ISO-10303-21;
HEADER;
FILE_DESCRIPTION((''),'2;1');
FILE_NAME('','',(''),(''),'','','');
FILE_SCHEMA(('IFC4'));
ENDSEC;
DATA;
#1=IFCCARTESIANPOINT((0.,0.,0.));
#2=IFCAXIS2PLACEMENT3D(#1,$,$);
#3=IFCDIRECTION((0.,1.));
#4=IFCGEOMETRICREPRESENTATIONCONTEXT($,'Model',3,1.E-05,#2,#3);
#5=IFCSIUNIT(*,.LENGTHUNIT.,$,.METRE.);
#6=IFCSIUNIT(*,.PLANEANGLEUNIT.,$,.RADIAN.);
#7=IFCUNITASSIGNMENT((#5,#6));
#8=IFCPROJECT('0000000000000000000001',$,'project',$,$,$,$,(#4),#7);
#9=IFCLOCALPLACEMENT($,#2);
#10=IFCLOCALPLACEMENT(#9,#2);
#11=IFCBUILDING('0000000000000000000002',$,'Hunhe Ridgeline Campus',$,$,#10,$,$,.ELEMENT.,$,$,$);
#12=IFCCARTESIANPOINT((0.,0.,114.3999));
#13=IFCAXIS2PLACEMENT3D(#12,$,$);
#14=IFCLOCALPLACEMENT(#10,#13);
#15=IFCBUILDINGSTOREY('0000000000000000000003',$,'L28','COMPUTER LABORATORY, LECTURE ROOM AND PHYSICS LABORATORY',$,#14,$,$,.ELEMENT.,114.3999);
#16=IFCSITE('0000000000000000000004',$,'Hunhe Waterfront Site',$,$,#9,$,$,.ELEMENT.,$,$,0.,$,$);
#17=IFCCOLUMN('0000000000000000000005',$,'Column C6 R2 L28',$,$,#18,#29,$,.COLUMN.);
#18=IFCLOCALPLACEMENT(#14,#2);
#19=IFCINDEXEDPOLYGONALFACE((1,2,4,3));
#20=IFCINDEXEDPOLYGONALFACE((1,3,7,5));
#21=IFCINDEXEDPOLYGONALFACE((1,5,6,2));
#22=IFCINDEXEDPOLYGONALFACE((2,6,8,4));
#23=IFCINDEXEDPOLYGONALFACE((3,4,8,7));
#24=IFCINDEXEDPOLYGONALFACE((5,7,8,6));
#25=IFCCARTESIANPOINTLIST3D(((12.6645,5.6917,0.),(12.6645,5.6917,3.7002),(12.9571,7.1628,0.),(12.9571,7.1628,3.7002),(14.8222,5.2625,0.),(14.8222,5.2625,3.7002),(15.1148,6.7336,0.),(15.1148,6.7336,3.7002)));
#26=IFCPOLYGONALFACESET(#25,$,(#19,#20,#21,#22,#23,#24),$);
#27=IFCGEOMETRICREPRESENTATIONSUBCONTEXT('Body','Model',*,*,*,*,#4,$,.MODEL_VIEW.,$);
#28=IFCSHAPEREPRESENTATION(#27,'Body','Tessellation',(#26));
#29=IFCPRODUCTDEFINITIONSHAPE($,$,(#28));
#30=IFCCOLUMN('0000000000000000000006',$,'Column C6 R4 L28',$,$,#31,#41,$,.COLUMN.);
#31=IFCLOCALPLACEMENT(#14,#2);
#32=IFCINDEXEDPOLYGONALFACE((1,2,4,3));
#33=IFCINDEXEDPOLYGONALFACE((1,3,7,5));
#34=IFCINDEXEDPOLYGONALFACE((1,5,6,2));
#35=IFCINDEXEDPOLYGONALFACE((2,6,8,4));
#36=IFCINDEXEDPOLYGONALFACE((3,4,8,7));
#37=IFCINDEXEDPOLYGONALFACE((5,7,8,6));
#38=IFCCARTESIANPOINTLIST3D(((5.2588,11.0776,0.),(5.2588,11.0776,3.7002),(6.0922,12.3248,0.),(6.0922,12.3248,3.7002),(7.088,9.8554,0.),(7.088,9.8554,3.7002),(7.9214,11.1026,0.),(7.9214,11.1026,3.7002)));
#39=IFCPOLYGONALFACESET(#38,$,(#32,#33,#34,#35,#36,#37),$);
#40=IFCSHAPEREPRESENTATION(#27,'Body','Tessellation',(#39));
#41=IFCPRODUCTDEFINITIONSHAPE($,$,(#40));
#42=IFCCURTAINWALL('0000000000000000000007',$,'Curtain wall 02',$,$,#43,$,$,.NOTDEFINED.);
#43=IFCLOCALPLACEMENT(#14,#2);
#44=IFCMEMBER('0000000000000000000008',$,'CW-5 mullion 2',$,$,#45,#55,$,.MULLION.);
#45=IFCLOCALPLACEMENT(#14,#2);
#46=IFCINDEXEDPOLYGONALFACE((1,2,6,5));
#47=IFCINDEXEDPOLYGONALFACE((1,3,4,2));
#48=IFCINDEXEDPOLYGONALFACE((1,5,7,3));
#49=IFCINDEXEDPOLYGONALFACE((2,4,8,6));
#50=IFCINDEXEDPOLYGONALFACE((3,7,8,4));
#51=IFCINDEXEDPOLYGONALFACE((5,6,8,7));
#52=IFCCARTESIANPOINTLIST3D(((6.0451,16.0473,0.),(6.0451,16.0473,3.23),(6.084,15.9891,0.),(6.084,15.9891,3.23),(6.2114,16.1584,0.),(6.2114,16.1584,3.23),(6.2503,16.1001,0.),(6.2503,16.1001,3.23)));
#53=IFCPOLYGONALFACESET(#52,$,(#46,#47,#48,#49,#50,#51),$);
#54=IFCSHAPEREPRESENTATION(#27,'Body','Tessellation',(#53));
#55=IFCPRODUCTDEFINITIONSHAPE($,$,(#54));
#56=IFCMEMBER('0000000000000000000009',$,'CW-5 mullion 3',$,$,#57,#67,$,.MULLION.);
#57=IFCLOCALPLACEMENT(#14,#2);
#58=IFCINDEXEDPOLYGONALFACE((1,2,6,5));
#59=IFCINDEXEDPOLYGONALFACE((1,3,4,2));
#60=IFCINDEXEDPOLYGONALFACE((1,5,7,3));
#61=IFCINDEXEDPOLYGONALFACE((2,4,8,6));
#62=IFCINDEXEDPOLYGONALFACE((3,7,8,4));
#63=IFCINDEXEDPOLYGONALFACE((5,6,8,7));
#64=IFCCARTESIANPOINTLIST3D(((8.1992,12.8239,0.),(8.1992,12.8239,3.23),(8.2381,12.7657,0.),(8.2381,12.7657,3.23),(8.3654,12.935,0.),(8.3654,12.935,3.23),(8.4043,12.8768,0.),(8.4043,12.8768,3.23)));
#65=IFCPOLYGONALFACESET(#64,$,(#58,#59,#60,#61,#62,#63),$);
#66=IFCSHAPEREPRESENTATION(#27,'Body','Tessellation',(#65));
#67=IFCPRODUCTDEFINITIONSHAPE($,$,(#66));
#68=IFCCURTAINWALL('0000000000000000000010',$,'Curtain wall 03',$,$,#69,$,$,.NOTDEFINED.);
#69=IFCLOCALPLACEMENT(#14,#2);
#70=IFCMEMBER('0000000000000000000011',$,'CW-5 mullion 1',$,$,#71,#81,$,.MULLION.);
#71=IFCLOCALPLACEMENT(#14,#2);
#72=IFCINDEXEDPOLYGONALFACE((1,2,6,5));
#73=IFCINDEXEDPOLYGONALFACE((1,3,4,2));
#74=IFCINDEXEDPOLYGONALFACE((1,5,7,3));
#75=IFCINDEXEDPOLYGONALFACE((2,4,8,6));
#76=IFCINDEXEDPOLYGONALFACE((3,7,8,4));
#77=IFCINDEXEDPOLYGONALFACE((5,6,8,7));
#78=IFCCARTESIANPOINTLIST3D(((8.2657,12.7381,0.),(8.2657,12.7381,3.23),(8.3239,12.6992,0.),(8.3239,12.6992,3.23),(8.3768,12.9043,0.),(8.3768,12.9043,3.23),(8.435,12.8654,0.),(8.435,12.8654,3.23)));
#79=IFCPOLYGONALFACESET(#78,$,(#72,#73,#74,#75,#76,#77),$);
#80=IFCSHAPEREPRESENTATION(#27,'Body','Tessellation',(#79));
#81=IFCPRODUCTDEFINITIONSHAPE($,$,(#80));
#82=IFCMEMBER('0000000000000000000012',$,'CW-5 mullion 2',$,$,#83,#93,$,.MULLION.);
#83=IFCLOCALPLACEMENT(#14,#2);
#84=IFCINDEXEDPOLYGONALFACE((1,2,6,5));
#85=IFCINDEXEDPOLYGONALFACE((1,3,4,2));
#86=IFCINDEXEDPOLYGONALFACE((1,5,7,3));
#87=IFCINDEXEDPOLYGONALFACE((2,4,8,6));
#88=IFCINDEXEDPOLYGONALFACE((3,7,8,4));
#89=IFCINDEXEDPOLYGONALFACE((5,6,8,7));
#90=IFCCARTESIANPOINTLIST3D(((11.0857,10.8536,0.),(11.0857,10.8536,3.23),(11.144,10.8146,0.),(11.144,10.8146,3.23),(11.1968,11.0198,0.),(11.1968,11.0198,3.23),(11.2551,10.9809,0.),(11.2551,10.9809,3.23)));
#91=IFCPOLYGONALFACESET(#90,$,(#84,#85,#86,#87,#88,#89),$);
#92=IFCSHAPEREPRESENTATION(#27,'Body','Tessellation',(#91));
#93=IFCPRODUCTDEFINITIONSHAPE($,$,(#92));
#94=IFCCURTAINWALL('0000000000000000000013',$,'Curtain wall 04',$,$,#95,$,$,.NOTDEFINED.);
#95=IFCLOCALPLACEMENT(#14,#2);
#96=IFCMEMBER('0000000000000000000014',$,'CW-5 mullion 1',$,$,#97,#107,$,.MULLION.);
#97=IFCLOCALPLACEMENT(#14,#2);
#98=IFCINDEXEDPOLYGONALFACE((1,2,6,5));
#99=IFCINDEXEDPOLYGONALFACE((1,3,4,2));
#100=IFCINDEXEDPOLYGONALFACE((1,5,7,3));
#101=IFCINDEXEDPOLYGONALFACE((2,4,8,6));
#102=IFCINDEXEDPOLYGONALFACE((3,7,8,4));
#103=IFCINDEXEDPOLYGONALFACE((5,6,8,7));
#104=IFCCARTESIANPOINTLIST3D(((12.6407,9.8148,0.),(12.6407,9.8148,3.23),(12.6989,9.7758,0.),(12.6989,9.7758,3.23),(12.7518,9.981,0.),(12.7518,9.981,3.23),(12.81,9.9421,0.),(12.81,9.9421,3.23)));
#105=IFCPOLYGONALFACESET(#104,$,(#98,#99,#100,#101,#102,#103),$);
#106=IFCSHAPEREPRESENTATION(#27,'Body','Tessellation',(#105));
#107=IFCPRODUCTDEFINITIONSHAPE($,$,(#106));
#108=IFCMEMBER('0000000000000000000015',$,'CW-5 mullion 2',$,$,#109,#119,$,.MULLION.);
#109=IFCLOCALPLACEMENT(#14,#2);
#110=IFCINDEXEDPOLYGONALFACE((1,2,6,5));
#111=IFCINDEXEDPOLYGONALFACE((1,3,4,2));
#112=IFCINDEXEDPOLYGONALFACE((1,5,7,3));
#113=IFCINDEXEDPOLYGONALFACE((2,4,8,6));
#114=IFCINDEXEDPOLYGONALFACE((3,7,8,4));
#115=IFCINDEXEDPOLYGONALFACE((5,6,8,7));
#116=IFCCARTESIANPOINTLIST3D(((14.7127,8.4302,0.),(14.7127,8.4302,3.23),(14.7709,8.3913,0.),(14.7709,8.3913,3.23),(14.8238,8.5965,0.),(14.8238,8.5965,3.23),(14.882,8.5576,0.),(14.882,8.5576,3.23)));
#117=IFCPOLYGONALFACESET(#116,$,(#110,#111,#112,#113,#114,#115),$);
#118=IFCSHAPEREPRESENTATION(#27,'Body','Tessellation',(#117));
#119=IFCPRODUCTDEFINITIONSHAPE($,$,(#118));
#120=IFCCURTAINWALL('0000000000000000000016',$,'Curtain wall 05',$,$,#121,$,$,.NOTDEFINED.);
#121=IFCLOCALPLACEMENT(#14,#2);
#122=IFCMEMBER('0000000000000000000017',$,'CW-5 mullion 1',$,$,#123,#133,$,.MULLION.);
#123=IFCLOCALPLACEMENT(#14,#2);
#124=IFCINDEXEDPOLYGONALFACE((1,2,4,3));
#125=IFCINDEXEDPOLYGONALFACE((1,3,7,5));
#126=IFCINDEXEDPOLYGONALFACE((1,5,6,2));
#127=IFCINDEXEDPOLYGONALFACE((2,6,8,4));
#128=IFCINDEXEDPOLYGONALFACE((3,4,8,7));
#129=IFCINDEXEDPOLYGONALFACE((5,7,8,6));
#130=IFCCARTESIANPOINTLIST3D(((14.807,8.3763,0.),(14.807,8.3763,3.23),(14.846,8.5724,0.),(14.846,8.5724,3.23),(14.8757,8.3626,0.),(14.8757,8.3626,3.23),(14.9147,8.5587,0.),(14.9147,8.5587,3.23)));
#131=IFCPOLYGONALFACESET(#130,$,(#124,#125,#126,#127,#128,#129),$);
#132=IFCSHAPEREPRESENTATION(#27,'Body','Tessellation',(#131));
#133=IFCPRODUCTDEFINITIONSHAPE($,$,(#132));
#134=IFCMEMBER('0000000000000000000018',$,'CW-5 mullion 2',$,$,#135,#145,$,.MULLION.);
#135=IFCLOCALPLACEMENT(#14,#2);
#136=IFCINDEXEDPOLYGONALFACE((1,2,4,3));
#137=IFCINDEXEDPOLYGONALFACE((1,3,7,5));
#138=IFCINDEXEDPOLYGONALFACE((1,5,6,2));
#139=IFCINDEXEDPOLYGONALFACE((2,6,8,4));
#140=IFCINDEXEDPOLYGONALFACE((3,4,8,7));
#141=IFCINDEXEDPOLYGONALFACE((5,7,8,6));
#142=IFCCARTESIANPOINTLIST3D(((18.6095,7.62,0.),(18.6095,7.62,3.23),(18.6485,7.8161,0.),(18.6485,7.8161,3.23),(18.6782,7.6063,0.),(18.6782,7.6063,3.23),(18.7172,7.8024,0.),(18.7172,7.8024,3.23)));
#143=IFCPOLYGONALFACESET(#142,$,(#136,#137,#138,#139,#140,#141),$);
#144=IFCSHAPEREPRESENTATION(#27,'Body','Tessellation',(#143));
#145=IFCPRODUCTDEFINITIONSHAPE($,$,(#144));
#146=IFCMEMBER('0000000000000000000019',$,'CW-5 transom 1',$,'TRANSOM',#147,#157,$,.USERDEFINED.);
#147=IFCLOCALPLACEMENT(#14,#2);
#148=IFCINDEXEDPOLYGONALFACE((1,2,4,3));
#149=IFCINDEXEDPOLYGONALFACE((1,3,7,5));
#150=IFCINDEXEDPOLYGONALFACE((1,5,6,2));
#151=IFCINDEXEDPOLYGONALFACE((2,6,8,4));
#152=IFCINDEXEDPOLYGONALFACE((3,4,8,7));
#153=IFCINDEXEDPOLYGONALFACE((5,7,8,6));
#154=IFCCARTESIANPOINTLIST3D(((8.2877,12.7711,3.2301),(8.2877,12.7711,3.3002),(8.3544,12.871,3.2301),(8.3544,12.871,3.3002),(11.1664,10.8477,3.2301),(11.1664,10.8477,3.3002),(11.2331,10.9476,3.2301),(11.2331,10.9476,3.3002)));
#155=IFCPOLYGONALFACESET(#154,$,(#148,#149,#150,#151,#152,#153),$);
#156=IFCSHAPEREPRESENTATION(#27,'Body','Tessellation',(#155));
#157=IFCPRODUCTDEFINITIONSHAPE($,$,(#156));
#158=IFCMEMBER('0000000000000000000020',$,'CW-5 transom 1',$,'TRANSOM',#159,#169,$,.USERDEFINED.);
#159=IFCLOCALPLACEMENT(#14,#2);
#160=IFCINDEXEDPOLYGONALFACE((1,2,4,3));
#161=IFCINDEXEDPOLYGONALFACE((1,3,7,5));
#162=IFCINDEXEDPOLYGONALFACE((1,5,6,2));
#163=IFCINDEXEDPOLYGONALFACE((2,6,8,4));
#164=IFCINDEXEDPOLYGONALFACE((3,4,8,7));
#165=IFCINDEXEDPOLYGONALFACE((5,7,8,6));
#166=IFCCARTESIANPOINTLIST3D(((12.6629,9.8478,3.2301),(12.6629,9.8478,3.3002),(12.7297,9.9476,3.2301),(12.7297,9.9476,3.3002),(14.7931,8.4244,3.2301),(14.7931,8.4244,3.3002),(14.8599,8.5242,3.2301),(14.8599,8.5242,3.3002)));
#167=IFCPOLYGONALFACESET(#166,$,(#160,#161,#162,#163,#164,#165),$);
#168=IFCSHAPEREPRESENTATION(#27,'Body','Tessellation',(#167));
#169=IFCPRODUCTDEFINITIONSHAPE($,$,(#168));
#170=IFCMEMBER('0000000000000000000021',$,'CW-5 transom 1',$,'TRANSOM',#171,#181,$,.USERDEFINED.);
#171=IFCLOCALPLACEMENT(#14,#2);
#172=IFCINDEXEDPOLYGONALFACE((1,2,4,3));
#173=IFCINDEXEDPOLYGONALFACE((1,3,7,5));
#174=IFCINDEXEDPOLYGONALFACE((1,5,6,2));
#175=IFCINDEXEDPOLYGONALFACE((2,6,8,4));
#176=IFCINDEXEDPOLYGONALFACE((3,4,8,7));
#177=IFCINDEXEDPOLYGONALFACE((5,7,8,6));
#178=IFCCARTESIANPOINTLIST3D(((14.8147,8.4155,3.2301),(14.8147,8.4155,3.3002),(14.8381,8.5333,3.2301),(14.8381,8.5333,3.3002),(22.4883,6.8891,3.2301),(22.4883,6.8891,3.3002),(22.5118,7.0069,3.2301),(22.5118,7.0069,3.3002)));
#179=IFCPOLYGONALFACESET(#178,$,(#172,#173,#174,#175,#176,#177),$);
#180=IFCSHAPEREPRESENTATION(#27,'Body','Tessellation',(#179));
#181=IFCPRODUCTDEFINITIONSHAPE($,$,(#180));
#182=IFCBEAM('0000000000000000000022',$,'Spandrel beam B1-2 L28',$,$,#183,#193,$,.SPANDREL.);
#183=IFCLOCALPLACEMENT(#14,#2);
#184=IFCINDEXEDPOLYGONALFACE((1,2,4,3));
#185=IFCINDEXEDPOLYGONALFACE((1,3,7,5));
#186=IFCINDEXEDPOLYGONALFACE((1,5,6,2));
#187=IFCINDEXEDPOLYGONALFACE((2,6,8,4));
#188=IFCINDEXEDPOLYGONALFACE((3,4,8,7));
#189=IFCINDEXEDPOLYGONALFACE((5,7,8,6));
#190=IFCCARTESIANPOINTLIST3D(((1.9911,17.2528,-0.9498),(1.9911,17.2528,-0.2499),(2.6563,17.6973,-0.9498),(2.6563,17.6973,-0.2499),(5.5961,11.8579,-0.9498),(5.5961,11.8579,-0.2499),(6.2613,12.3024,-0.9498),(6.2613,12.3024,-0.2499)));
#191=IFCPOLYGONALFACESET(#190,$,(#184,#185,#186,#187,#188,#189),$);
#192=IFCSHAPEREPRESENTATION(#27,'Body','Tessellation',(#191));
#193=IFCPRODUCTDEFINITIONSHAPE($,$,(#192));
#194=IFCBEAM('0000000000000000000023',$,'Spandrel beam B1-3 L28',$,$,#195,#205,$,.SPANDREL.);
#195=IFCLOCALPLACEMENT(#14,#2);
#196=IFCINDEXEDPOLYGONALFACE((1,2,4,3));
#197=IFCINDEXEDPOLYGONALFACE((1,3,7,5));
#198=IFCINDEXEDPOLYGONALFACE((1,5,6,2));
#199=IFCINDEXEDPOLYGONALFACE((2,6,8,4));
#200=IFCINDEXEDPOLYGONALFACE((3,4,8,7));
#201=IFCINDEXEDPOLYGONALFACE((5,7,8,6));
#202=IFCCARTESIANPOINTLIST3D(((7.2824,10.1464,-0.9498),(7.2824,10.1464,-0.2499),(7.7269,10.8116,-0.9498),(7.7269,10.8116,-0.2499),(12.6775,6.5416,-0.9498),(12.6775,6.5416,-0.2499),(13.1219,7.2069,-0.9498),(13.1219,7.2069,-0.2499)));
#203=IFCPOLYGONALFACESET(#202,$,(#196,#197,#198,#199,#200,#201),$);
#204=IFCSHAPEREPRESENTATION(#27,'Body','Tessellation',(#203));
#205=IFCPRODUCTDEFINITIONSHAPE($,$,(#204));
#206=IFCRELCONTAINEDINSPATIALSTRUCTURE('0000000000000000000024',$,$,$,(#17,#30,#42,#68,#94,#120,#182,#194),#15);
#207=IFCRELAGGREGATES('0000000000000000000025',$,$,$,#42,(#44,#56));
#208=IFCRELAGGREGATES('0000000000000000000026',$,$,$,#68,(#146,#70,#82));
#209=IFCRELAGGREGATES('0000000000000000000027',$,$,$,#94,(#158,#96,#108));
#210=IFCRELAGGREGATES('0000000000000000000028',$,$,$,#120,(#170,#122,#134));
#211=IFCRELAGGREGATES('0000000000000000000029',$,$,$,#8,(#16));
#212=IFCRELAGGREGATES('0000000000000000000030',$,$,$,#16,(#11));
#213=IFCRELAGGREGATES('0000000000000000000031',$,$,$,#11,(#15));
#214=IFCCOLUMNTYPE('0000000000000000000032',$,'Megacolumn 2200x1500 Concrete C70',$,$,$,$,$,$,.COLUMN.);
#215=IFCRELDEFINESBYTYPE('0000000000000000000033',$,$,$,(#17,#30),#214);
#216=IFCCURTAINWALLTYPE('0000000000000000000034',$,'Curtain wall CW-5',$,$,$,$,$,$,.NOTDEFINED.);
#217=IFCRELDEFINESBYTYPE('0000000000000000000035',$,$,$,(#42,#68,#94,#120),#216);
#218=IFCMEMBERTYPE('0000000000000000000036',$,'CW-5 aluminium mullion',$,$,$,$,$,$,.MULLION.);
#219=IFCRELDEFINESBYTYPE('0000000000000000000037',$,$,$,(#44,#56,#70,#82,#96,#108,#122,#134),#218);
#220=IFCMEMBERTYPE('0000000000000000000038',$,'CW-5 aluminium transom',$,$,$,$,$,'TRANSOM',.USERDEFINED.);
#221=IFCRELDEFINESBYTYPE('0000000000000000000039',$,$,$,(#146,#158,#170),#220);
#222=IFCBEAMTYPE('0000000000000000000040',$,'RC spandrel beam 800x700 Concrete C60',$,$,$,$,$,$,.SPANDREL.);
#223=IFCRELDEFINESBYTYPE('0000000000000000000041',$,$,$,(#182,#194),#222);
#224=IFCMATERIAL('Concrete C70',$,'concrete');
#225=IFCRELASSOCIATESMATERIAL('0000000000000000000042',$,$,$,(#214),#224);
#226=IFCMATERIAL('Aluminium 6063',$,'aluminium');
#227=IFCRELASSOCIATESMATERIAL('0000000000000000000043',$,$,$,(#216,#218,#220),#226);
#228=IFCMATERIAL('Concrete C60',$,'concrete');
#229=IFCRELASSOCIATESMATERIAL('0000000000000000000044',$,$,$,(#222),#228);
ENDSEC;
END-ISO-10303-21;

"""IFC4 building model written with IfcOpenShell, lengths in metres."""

from ifc_helpers import new_model, si_unit, direction, frame, origin, origin_2d, place, context, subcontext, project, spatial, rectangle, extrude, material, material_profile, profile_set, type_object, element, aggregate, save


model = new_model("IFC4")

# Units and contexts
model_context = context("Model", 3, precision=1e-05, world=origin(), true_north=direction((0.0, 1.0)))
body_context = subcontext(model_context, "Body", "Model", "MODEL_VIEW")
ifc_project = project(units=[si_unit("LENGTHUNIT", "METRE"), si_unit("PLANEANGLEUNIT", "RADIAN")], contexts=[model_context])

# Site, building, storey
site_placement = place(None, origin())
site = spatial("IfcSite", under=ifc_project, at=site_placement, Name="Hunhe Waterfront Site", CompositionType="ELEMENT", RefElevation=0.0)
building_placement = place(site_placement, origin())
building = spatial("IfcBuilding", under=site, at=building_placement, Name="Hunhe Ridgeline Campus", CompositionType="ELEMENT")
storey_placement = place(building_placement, frame((0.0, 0.0, 114.3999)))
storey = spatial("IfcBuildingStorey", under=building, at=storey_placement, Name="L28", Description="COMPUTER LABORATORY, LECTURE ROOM AND PHYSICS LABORATORY", CompositionType="ELEMENT", Elevation=114.3999)

# Columns
ifc_material_1 = material(Name="Concrete C70", Category="concrete")
ifc_material_profile_1 = material_profile(ifc_material_1, rectangle(XDim=2.2, YDim=1.5, at=origin_2d()))
ifc_profile_set_1 = profile_set([ifc_material_profile_1], Name="Concrete C70")
column_type = type_object("IfcColumnType", Name="Megacolumn 2200x1500 Concrete C70", PredefinedType="COLUMN", material=ifc_profile_set_1)
for number, where, z_axis, x_axis, name in (
    (1, (13.8896, 6.2126, 0.0), (0.0, 0.0, 1.0), (-0.980785, 0.19509, 0.0), "Column C6 R2 L28"),
    (2, (6.5901, 11.0901, 0.0), (0.0, 0.0, 1.0), (-0.83147, 0.55557, 0.0), "Column C6 R4 L28"),
):
    element("IfcColumn", number, at=place(storey_placement, frame(where, z_axis=z_axis, x_axis=x_axis)), inside=storey, type_object=column_type, Name=name, PredefinedType="COLUMN", context=body_context, shape_type="SweptSolid", body=[
        extrude(rectangle(XDim=2.2, YDim=1.5, at=origin_2d()), origin(), (0.0, 0.0, 1.0), 3.7002),
    ])

# Curtain walls, members
ifc_material_2 = material(Name="Aluminium 6063", Category="aluminium")
curtain_wall_type = type_object("IfcCurtainWallType", Name="Curtain wall CW-5", PredefinedType="NOTDEFINED", material=ifc_material_2)
curtain_wall_1_placement = place(storey_placement, origin())
curtain_wall_1 = element("IfcCurtainWall", 3, at=curtain_wall_1_placement, inside=storey, type_object=curtain_wall_type, Name="Curtain wall 02", PredefinedType="NOTDEFINED")
ifc_material_profile_2 = material_profile(ifc_material_2, rectangle(XDim=0.2, YDim=0.0701, at=origin_2d()))
ifc_profile_set_2 = profile_set([ifc_material_profile_2], Name="Aluminium 6063")
member_type_1 = type_object("IfcMemberType", Name="CW-5 aluminium mullion", PredefinedType="MULLION", material=ifc_profile_set_2)
member_1_placement = place(storey_placement, frame((6.1477, 16.0737, 0.0), z_axis=(0.0, 0.0, 1.0), x_axis=(0.83147, 0.55557, 0.0)))
member_1 = element("IfcMember", 4, at=member_1_placement, type_object=member_type_1, Name="CW-5 mullion 2", PredefinedType="MULLION", context=body_context, shape_type="SweptSolid", body=[
    extrude(rectangle(XDim=0.2, YDim=0.0701, at=origin_2d()), origin(), (0.0, 0.0, 1.0), 3.23),
])
member_2_placement = place(storey_placement, frame((8.3018, 12.8503, 0.0), z_axis=(0.0, 0.0, 1.0), x_axis=(0.83147, 0.55557, 0.0)))
member_2 = element("IfcMember", 5, at=member_2_placement, type_object=member_type_1, Name="CW-5 mullion 3", PredefinedType="MULLION", context=body_context, shape_type="SweptSolid", body=[
    extrude(rectangle(XDim=0.2, YDim=0.0701, at=origin_2d()), origin(), (0.0, 0.0, 1.0), 3.23),
])
curtain_wall_2_placement = place(storey_placement, origin())
curtain_wall_2 = element("IfcCurtainWall", 6, at=curtain_wall_2_placement, inside=storey, type_object=curtain_wall_type, Name="Curtain wall 03", PredefinedType="NOTDEFINED")
member_3_placement = place(storey_placement, frame((8.3503, 12.8018, 0.0), z_axis=(0.0, 0.0, 1.0), x_axis=(0.55557, 0.83147, 0.0)))
member_3 = element("IfcMember", 7, at=member_3_placement, type_object=member_type_1, Name="CW-5 mullion 1", PredefinedType="MULLION", context=body_context, shape_type="SweptSolid", body=[
    extrude(rectangle(XDim=0.2, YDim=0.0701, at=origin_2d()), origin(), (0.0, 0.0, 1.0), 3.23),
])
member_4_placement = place(storey_placement, frame((11.1704, 10.9172, 0.0), z_axis=(0.0, 0.0, 1.0), x_axis=(0.55557, 0.83147, 0.0)))
member_4 = element("IfcMember", 8, at=member_4_placement, type_object=member_type_1, Name="CW-5 mullion 2", PredefinedType="MULLION", context=body_context, shape_type="SweptSolid", body=[
    extrude(rectangle(XDim=0.2, YDim=0.0701, at=origin_2d()), origin(), (0.0, 0.0, 1.0), 3.23),
])
curtain_wall_3_placement = place(storey_placement, origin())
curtain_wall_3 = element("IfcCurtainWall", 9, at=curtain_wall_3_placement, inside=storey, type_object=curtain_wall_type, Name="Curtain wall 04", PredefinedType="NOTDEFINED")
member_5_placement = place(storey_placement, frame((12.7253, 9.8784, 0.0), z_axis=(0.0, 0.0, 1.0), x_axis=(0.55557, 0.83147, 0.0)))
member_5 = element("IfcMember", 10, at=member_5_placement, type_object=member_type_1, Name="CW-5 mullion 1", PredefinedType="MULLION", context=body_context, shape_type="SweptSolid", body=[
    extrude(rectangle(XDim=0.2, YDim=0.0701, at=origin_2d()), origin(), (0.0, 0.0, 1.0), 3.23),
])
member_6_placement = place(storey_placement, frame((14.7974, 8.4939, 0.0), z_axis=(0.0, 0.0, 1.0), x_axis=(0.55557, 0.83147, 0.0)))
member_6 = element("IfcMember", 11, at=member_6_placement, type_object=member_type_1, Name="CW-5 mullion 2", PredefinedType="MULLION", context=body_context, shape_type="SweptSolid", body=[
    extrude(rectangle(XDim=0.2, YDim=0.0701, at=origin_2d()), origin(), (0.0, 0.0, 1.0), 3.23),
])
curtain_wall_4_placement = place(storey_placement, origin())
curtain_wall_4 = element("IfcCurtainWall", 12, at=curtain_wall_4_placement, inside=storey, type_object=curtain_wall_type, Name="Curtain wall 05", PredefinedType="NOTDEFINED")
member_7_placement = place(storey_placement, frame((14.8608, 8.4675, 0.0), z_axis=(0.0, 0.0, 1.0), x_axis=(0.19509, 0.980785, 0.0)))
member_7 = element("IfcMember", 13, at=member_7_placement, type_object=member_type_1, Name="CW-5 mullion 1", PredefinedType="MULLION", context=body_context, shape_type="SweptSolid", body=[
    extrude(rectangle(XDim=0.2, YDim=0.0701, at=origin_2d()), origin(), (0.0, 0.0, 1.0), 3.23),
])
member_8_placement = place(storey_placement, frame((18.6633, 7.7112, 0.0), z_axis=(0.0, 0.0, 1.0), x_axis=(0.19509, 0.980785, 0.0)))
member_8 = element("IfcMember", 14, at=member_8_placement, type_object=member_type_1, Name="CW-5 mullion 2", PredefinedType="MULLION", context=body_context, shape_type="SweptSolid", body=[
    extrude(rectangle(XDim=0.2, YDim=0.0701, at=origin_2d()), origin(), (0.0, 0.0, 1.0), 3.23),
])

# Members
ifc_material_profile_3 = material_profile(ifc_material_2, rectangle(XDim=0.1201, YDim=0.0701, at=origin_2d()))
ifc_profile_set_3 = profile_set([ifc_material_profile_3], Name="Aluminium 6063")
member_type_2 = type_object("IfcMemberType", Name="CW-5 aluminium transom", ElementType="TRANSOM", PredefinedType="USERDEFINED", material=ifc_profile_set_3)
member_9_placement = place(storey_placement, frame((8.321, 12.821, 3.2651), z_axis=(0.831486, -0.555546, 0.0), x_axis=(0.555546, 0.831486, 0.0)))
member_9 = element("IfcMember", 15, at=member_9_placement, type_object=member_type_2, Name="CW-5 transom 1", ObjectType="TRANSOM", PredefinedType="USERDEFINED", context=body_context, shape_type="SweptSolid", body=[
    extrude(rectangle(XDim=0.1201, YDim=0.0701, at=origin_2d()), origin(), (0.0, 0.0, 1.0), 3.4622),
])
member_10_placement = place(storey_placement, frame((12.6963, 9.8977, 3.2651), z_axis=(0.831463, -0.55558, 0.0), x_axis=(0.55558, 0.831463, 0.0)))
member_10 = element("IfcMember", 16, at=member_10_placement, type_object=member_type_2, Name="CW-5 transom 1", ObjectType="TRANSOM", PredefinedType="USERDEFINED", context=body_context, shape_type="SweptSolid", body=[
    extrude(rectangle(XDim=0.1201, YDim=0.0701, at=origin_2d()), origin(), (0.0, 0.0, 1.0), 2.562),
])
member_11_placement = place(storey_placement, frame((14.8264, 8.4744, 3.2651), z_axis=(0.980785, -0.19509, 0.0), x_axis=(0.19509, 0.980785, 0.0)))
member_11 = element("IfcMember", 17, at=member_11_placement, type_object=member_type_2, Name="CW-5 transom 1", ObjectType="TRANSOM", PredefinedType="USERDEFINED", context=body_context, shape_type="SweptSolid", body=[
    extrude(rectangle(XDim=0.1201, YDim=0.0701, at=origin_2d()), origin(), (0.0, 0.0, 1.0), 7.824),
])

# Beams
ifc_material_3 = material(Name="Concrete C60", Category="concrete")
ifc_material_profile_4 = material_profile(ifc_material_3, rectangle(XDim=0.8, YDim=0.7, at=origin_2d()))
ifc_profile_set_4 = profile_set([ifc_material_profile_4], Name="Concrete C60")
beam_type = type_object("IfcBeamType", Name="RC spandrel beam 800x700 Concrete C60", PredefinedType="SPANDREL", material=ifc_profile_set_4)
for number, where, z_axis, x_axis, name in (
    (18, (2.3237, 17.4751, -0.5999), (0.555586, -0.831459, 0.0), (0.831459, 0.555586, 0.0), "Spandrel beam B1-2 L28"),
    (19, (7.5046, 10.479, -0.5999), (0.831477, -0.55556, 0.0), (0.55556, 0.831477, 0.0), "Spandrel beam B1-3 L28"),
):
    element("IfcBeam", number, at=place(storey_placement, frame(where, z_axis=z_axis, x_axis=x_axis)), inside=storey, type_object=beam_type, Name=name, PredefinedType="SPANDREL", context=body_context, shape_type="SweptSolid", body=[
        extrude(rectangle(XDim=0.8, YDim=0.7, at=origin_2d()), origin(), (0.0, 0.0, 1.0), 6.4885),
    ])

aggregate(curtain_wall_1, [member_1, member_2])
aggregate(curtain_wall_2, [member_9, member_3, member_4])
aggregate(curtain_wall_3, [member_10, member_5, member_6])
aggregate(curtain_wall_4, [member_11, member_7, member_8])

save(model, "model.ifc")
